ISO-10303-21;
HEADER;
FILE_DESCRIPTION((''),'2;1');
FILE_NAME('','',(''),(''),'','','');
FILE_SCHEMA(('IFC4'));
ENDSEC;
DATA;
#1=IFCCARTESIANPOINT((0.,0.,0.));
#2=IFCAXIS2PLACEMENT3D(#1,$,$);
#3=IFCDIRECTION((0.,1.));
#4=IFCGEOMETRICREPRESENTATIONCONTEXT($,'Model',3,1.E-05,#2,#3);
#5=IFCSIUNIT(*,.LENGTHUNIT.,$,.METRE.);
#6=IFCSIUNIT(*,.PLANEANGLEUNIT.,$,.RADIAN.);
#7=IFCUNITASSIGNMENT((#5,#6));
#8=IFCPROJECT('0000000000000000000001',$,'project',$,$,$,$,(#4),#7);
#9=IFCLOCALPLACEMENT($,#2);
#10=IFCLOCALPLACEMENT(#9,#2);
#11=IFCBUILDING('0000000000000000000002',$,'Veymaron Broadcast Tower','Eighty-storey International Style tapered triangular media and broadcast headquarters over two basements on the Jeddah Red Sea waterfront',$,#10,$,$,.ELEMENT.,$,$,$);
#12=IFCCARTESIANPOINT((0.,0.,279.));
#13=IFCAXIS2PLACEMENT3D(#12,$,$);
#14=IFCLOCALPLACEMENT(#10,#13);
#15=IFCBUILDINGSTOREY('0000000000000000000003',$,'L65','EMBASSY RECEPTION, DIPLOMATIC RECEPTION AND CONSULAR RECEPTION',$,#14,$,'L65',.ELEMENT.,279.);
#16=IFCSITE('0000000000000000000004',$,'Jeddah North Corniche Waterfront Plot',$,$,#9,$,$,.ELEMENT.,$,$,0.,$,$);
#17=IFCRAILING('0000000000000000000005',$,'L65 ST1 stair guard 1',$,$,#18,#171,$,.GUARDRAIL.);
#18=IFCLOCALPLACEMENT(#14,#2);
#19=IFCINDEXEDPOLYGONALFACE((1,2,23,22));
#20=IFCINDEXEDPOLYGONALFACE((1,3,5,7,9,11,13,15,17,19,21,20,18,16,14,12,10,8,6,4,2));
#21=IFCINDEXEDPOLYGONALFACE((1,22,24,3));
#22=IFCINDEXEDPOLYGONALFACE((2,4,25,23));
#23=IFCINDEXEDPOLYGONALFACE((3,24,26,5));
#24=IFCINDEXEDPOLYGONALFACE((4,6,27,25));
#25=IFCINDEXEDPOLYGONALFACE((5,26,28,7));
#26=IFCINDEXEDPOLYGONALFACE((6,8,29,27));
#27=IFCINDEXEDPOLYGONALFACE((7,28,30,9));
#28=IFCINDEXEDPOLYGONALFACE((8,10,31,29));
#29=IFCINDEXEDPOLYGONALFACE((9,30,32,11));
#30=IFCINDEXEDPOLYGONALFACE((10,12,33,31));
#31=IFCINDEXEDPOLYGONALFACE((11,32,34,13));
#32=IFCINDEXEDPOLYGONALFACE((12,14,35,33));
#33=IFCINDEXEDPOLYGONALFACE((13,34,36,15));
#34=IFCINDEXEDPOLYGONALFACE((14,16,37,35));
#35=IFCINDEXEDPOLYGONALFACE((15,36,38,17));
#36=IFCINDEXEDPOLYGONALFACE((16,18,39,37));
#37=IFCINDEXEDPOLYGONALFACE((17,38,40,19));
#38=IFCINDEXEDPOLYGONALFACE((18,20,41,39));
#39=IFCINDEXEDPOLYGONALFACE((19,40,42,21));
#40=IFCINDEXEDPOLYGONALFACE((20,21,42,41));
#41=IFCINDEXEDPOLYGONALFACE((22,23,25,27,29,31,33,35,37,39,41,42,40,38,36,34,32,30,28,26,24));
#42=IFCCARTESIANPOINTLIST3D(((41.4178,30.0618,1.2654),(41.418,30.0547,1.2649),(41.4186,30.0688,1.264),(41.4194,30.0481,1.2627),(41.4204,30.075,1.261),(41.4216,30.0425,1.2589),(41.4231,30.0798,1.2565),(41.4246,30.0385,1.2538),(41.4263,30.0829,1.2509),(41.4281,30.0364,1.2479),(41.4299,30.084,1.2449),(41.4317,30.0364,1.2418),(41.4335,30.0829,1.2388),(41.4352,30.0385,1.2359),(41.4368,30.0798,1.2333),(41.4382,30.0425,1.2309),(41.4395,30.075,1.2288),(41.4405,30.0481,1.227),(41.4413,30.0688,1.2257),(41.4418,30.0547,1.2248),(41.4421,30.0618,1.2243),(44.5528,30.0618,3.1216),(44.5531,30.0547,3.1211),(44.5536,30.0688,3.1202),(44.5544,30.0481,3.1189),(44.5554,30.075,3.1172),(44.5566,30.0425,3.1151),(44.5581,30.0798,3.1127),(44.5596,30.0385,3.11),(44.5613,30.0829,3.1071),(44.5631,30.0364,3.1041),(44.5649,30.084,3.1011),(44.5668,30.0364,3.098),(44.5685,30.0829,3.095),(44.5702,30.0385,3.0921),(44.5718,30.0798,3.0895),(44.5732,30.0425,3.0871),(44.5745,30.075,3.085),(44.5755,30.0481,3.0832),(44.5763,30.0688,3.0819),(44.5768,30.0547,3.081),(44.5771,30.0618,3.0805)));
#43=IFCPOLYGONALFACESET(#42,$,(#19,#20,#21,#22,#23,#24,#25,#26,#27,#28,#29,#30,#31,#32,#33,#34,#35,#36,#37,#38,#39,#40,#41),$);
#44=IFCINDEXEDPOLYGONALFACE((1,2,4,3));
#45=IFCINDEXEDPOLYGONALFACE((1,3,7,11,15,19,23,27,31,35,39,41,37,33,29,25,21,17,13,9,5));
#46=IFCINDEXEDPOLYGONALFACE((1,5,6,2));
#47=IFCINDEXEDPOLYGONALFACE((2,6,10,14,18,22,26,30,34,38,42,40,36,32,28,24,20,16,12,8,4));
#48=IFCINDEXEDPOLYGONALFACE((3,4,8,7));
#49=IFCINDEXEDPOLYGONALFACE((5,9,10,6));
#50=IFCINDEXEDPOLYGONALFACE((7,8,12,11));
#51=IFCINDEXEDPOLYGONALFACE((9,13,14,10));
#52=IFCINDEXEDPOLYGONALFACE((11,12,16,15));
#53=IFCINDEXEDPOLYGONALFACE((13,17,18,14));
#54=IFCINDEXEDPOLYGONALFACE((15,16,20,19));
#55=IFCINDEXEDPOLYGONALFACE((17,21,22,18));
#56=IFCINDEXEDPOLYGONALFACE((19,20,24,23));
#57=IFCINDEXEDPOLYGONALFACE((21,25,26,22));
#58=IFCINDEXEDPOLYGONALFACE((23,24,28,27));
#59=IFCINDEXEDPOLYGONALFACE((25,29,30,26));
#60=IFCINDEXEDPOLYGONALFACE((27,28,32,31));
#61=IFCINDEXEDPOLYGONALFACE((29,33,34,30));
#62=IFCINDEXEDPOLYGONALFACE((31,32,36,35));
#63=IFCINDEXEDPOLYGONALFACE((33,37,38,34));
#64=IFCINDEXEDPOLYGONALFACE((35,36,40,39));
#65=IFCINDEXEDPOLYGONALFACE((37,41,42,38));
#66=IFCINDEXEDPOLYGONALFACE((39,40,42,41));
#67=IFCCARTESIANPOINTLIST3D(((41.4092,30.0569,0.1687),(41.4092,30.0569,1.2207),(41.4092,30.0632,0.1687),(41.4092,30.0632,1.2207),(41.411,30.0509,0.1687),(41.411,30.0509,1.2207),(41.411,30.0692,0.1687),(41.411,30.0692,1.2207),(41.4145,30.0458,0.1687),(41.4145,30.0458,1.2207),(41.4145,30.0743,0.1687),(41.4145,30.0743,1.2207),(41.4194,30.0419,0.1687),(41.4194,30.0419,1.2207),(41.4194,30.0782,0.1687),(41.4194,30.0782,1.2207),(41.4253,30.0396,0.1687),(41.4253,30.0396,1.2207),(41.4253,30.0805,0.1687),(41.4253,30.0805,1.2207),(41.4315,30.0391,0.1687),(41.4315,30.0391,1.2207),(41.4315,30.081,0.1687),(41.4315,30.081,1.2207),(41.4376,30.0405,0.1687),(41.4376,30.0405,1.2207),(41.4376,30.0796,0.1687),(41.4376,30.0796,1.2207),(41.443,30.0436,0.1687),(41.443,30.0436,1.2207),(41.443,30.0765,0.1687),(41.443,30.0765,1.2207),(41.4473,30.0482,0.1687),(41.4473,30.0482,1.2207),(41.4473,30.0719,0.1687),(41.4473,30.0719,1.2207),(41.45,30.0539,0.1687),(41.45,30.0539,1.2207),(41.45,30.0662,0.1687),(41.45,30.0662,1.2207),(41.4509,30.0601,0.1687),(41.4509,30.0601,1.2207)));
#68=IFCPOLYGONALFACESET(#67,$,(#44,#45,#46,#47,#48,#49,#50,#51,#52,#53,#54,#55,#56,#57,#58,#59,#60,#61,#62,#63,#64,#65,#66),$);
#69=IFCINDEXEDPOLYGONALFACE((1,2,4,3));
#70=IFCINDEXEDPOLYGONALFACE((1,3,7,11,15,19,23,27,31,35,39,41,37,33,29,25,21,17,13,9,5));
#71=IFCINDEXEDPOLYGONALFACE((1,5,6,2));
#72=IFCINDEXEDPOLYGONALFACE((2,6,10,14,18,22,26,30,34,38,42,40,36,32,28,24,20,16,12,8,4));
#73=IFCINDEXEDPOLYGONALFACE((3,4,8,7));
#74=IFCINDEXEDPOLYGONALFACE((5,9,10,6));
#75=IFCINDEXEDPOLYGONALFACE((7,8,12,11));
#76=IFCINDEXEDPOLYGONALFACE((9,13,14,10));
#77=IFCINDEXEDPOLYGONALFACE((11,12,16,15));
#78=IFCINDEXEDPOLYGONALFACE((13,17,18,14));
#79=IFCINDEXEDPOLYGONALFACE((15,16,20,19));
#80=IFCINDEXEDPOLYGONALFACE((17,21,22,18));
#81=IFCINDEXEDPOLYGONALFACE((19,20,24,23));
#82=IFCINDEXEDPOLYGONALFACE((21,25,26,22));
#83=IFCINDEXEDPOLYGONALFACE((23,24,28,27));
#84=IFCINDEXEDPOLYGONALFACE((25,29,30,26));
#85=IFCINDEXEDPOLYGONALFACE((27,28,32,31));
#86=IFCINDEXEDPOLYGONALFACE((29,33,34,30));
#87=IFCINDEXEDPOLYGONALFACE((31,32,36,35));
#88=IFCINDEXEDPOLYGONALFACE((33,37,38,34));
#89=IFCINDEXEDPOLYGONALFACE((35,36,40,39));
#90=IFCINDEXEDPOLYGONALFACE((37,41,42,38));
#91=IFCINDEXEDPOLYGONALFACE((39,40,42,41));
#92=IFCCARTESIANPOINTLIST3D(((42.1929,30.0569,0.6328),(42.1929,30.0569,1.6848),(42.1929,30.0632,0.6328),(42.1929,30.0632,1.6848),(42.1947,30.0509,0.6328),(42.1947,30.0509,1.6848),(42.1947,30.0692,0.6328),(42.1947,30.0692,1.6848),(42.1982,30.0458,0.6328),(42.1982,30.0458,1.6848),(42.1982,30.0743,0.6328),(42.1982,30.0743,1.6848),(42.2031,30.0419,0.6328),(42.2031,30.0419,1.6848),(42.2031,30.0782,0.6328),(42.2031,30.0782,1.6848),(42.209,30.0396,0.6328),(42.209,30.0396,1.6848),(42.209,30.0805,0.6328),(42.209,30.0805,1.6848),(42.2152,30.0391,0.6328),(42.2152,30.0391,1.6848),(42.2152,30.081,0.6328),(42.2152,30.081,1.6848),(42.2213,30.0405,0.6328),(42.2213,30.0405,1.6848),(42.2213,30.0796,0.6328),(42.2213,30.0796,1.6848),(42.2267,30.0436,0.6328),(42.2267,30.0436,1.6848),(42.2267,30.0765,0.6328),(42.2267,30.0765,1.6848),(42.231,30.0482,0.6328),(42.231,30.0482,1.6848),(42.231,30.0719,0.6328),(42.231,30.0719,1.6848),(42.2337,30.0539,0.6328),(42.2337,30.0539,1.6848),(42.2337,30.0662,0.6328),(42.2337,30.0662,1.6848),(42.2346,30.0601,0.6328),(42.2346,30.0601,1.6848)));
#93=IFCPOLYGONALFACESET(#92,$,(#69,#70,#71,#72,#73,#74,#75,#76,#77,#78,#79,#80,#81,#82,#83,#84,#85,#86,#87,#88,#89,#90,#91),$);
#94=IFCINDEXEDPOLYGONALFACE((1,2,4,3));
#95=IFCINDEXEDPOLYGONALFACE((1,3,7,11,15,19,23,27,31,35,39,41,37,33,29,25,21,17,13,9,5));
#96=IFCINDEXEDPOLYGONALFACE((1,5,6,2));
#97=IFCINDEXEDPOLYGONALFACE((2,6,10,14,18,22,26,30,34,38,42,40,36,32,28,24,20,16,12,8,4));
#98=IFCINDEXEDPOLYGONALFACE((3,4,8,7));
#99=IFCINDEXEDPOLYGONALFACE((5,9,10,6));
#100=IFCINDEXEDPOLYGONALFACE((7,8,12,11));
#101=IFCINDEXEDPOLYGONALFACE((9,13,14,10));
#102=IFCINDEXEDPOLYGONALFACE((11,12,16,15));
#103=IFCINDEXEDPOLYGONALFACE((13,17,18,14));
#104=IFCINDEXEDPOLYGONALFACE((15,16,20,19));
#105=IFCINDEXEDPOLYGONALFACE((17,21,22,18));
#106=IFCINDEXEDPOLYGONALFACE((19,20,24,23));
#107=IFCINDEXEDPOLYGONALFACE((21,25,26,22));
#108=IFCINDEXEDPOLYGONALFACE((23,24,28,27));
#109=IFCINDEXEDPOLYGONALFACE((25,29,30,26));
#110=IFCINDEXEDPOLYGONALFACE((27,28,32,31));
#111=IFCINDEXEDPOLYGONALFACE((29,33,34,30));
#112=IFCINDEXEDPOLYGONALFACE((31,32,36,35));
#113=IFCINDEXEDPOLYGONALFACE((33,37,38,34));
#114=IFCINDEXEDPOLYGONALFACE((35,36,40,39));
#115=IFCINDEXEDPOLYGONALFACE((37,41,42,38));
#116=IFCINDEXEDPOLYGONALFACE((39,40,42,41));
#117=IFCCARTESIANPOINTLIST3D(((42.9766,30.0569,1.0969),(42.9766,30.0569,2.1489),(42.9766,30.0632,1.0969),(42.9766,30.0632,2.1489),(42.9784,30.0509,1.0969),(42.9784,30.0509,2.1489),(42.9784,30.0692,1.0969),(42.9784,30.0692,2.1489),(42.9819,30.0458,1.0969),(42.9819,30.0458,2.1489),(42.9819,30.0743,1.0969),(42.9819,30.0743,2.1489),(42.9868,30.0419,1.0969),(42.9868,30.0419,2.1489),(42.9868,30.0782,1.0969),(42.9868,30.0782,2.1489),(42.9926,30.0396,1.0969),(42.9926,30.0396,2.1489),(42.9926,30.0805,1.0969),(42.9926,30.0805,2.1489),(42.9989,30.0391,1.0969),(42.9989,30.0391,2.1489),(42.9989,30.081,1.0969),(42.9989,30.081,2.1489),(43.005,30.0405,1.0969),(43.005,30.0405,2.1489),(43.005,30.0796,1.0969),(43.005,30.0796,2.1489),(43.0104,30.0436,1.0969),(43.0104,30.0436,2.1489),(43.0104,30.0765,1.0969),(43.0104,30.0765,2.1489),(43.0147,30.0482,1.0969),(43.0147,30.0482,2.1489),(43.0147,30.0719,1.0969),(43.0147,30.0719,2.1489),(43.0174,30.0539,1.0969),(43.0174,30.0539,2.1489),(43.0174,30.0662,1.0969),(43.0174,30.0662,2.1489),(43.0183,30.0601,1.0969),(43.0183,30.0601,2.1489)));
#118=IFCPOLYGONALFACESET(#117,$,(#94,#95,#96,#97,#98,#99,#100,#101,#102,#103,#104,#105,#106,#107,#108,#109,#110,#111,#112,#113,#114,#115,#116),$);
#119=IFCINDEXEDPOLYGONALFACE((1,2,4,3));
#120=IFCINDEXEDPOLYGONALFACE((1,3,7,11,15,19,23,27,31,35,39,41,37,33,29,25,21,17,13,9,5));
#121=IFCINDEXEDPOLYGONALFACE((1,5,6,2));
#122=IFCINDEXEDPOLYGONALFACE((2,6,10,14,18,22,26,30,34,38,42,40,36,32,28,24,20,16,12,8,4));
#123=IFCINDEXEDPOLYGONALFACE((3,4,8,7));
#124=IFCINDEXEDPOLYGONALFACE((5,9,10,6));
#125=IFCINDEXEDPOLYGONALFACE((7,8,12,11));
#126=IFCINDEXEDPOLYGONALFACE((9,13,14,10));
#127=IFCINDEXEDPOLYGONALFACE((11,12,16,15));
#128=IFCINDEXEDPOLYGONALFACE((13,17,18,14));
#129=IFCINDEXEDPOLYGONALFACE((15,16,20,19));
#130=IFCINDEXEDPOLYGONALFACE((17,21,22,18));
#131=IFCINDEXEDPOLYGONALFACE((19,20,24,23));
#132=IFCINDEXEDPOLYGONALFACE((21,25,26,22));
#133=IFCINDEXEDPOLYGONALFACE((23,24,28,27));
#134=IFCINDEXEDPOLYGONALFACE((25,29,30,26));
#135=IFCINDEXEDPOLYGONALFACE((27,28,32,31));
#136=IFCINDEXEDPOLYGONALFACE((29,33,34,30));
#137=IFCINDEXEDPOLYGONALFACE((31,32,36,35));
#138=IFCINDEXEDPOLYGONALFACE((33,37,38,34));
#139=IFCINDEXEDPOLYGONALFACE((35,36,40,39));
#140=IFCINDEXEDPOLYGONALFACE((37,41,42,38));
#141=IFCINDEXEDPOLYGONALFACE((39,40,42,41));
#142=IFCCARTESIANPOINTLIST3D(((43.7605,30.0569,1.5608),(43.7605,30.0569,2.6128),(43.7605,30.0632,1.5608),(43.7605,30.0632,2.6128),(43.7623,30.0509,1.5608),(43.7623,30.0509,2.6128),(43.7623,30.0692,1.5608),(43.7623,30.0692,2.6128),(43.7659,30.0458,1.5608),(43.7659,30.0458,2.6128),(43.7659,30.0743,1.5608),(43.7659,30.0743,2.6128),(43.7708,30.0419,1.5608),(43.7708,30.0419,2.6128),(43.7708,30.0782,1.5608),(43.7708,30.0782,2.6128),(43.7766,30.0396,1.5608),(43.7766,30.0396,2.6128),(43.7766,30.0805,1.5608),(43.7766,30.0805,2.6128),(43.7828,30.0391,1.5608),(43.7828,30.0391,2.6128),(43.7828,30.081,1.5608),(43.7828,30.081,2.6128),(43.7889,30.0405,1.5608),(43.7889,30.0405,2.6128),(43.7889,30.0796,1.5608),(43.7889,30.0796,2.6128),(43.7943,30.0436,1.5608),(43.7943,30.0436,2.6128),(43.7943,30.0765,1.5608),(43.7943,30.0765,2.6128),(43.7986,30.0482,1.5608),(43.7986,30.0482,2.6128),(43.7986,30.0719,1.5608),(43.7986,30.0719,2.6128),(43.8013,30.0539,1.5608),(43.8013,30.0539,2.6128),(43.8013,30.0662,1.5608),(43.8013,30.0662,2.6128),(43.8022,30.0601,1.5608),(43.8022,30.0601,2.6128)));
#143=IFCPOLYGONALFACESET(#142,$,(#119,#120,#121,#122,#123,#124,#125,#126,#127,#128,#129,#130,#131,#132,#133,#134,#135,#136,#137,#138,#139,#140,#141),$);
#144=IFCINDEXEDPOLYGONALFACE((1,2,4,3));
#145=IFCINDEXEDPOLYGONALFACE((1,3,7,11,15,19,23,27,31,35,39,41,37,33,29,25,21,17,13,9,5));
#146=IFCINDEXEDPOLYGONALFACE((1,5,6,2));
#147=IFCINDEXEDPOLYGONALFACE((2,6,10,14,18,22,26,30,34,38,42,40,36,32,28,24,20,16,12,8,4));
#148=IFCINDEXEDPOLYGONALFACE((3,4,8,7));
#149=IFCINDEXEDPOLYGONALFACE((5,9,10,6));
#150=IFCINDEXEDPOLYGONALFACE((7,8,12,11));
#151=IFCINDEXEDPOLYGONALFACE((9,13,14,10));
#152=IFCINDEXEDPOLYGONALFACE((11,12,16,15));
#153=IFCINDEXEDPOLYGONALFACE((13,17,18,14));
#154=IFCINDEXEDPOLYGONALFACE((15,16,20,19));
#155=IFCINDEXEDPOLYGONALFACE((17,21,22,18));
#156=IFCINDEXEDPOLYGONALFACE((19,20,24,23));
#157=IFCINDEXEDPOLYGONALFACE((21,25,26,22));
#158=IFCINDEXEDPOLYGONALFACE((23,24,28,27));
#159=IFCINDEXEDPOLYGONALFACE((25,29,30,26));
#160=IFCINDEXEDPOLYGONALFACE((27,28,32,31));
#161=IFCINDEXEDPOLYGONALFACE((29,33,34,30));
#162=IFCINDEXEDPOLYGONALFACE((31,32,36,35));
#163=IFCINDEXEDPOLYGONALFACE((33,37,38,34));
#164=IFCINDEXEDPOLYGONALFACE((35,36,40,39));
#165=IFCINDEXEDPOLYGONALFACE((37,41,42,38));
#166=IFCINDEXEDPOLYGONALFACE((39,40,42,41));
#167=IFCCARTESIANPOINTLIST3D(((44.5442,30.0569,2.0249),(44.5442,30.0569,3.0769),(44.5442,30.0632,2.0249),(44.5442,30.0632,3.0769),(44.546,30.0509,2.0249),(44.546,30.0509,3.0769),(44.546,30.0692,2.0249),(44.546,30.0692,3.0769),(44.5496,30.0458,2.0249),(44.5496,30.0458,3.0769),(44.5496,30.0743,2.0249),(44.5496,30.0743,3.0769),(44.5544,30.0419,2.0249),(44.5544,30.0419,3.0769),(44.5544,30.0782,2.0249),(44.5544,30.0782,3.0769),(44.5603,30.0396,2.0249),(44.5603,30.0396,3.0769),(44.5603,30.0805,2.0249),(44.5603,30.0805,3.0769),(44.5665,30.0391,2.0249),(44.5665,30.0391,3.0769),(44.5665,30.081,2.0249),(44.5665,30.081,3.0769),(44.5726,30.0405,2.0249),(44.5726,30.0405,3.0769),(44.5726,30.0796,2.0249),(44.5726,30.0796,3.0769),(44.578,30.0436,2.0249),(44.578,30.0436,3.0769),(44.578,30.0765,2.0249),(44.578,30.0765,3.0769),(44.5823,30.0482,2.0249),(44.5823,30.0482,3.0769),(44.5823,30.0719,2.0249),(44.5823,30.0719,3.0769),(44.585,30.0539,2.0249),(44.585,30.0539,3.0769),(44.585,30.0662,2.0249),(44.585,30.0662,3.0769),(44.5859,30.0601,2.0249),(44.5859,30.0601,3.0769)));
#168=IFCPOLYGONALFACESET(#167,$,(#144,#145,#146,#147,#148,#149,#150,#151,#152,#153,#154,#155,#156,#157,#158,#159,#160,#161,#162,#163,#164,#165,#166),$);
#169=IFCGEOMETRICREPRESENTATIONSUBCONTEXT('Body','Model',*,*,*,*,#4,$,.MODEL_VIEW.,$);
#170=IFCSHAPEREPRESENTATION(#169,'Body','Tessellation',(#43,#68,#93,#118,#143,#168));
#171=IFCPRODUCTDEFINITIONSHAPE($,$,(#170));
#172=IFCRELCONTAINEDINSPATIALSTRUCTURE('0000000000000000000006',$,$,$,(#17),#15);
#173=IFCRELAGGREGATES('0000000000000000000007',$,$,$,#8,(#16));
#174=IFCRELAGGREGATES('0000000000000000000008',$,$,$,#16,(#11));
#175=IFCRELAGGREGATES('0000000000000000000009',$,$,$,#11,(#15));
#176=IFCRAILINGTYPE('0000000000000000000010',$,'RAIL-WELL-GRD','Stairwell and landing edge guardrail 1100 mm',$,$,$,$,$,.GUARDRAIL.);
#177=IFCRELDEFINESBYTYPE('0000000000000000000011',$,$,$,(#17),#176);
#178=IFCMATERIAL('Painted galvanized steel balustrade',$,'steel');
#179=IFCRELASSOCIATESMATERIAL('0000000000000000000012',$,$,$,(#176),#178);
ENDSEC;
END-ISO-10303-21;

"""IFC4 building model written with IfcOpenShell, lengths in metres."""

from ifc_helpers import new_model, si_unit, direction, frame, origin, origin_2d, place, context, subcontext, project, spatial, circle, extrude, material, type_object, element, save


model = new_model("IFC4")

# Units and contexts
model_context = context("Model", 3, precision=1e-05, world=origin(), true_north=direction((0.0, 1.0)))
body_context = subcontext(model_context, "Body", "Model", "MODEL_VIEW")
ifc_project = project(units=[si_unit("LENGTHUNIT", "METRE"), si_unit("PLANEANGLEUNIT", "RADIAN")], contexts=[model_context])

# Site, building, storey
site_placement = place(None, origin())
site = spatial("IfcSite", under=ifc_project, at=site_placement, Name="Jeddah North Corniche Waterfront Plot", CompositionType="ELEMENT", RefElevation=0.0)
building_placement = place(site_placement, origin())
building = spatial("IfcBuilding", under=site, at=building_placement, Name="Veymaron Broadcast Tower", Description="Eighty-storey International Style tapered triangular media and broadcast headquarters over two basements on the Jeddah Red Sea waterfront", CompositionType="ELEMENT")
storey_placement = place(building_placement, frame((0.0, 0.0, 279.0)))
storey = spatial("IfcBuildingStorey", under=building, at=storey_placement, Name="L65", Description="EMBASSY RECEPTION, DIPLOMATIC RECEPTION AND CONSULAR RECEPTION", LongName="L65", CompositionType="ELEMENT", Elevation=279.0)

# Railing
ifc_material_1 = material(Name="Painted galvanized steel balustrade", Category="steel")
railing_type_1 = type_object("IfcRailingType", Name="RAIL-WELL-GRD", Description="Stairwell and landing edge guardrail 1100 mm", PredefinedType="GUARDRAIL", material=ifc_material_1)
railing_1_placement = place(storey_placement, frame((41.4299, 30.0601, 0.1687)))
element("IfcRailing", 1, at=railing_1_placement, inside=storey, type_object=railing_type_1, Name="L65 ST1 stair guard 1", PredefinedType="GUARDRAIL", context=body_context, shape_type="SweptSolid", body=[
    extrude(circle(Radius=0.0239, at=origin_2d()), frame((0.0, 0.0, 1.0762), z_axis=(0.860482, 0.0, 0.509481), x_axis=(0.0, 1.0, 0.0)), (0.0, 0.0, 1.0), 3.6433),
    extrude(circle(Radius=0.021, at=origin_2d()), origin(), (0.0, 0.0, 1.0), 1.052),
    extrude(circle(Radius=0.021, at=origin_2d()), frame((0.7837, 0.0, 0.4641)), (0.0, 0.0, 1.0), 1.052),
    extrude(circle(Radius=0.021, at=origin_2d()), frame((1.5674, 0.0, 0.9282)), (0.0, 0.0, 1.0), 1.052),
    extrude(circle(Radius=0.021, at=origin_2d()), frame((2.3513, 0.0, 1.3921)), (0.0, 0.0, 1.0), 1.052),
    extrude(circle(Radius=0.021, at=origin_2d()), frame((3.135, 0.0, 1.8562)), (0.0, 0.0, 1.0), 1.052),
])

save(model, "model.ifc")
